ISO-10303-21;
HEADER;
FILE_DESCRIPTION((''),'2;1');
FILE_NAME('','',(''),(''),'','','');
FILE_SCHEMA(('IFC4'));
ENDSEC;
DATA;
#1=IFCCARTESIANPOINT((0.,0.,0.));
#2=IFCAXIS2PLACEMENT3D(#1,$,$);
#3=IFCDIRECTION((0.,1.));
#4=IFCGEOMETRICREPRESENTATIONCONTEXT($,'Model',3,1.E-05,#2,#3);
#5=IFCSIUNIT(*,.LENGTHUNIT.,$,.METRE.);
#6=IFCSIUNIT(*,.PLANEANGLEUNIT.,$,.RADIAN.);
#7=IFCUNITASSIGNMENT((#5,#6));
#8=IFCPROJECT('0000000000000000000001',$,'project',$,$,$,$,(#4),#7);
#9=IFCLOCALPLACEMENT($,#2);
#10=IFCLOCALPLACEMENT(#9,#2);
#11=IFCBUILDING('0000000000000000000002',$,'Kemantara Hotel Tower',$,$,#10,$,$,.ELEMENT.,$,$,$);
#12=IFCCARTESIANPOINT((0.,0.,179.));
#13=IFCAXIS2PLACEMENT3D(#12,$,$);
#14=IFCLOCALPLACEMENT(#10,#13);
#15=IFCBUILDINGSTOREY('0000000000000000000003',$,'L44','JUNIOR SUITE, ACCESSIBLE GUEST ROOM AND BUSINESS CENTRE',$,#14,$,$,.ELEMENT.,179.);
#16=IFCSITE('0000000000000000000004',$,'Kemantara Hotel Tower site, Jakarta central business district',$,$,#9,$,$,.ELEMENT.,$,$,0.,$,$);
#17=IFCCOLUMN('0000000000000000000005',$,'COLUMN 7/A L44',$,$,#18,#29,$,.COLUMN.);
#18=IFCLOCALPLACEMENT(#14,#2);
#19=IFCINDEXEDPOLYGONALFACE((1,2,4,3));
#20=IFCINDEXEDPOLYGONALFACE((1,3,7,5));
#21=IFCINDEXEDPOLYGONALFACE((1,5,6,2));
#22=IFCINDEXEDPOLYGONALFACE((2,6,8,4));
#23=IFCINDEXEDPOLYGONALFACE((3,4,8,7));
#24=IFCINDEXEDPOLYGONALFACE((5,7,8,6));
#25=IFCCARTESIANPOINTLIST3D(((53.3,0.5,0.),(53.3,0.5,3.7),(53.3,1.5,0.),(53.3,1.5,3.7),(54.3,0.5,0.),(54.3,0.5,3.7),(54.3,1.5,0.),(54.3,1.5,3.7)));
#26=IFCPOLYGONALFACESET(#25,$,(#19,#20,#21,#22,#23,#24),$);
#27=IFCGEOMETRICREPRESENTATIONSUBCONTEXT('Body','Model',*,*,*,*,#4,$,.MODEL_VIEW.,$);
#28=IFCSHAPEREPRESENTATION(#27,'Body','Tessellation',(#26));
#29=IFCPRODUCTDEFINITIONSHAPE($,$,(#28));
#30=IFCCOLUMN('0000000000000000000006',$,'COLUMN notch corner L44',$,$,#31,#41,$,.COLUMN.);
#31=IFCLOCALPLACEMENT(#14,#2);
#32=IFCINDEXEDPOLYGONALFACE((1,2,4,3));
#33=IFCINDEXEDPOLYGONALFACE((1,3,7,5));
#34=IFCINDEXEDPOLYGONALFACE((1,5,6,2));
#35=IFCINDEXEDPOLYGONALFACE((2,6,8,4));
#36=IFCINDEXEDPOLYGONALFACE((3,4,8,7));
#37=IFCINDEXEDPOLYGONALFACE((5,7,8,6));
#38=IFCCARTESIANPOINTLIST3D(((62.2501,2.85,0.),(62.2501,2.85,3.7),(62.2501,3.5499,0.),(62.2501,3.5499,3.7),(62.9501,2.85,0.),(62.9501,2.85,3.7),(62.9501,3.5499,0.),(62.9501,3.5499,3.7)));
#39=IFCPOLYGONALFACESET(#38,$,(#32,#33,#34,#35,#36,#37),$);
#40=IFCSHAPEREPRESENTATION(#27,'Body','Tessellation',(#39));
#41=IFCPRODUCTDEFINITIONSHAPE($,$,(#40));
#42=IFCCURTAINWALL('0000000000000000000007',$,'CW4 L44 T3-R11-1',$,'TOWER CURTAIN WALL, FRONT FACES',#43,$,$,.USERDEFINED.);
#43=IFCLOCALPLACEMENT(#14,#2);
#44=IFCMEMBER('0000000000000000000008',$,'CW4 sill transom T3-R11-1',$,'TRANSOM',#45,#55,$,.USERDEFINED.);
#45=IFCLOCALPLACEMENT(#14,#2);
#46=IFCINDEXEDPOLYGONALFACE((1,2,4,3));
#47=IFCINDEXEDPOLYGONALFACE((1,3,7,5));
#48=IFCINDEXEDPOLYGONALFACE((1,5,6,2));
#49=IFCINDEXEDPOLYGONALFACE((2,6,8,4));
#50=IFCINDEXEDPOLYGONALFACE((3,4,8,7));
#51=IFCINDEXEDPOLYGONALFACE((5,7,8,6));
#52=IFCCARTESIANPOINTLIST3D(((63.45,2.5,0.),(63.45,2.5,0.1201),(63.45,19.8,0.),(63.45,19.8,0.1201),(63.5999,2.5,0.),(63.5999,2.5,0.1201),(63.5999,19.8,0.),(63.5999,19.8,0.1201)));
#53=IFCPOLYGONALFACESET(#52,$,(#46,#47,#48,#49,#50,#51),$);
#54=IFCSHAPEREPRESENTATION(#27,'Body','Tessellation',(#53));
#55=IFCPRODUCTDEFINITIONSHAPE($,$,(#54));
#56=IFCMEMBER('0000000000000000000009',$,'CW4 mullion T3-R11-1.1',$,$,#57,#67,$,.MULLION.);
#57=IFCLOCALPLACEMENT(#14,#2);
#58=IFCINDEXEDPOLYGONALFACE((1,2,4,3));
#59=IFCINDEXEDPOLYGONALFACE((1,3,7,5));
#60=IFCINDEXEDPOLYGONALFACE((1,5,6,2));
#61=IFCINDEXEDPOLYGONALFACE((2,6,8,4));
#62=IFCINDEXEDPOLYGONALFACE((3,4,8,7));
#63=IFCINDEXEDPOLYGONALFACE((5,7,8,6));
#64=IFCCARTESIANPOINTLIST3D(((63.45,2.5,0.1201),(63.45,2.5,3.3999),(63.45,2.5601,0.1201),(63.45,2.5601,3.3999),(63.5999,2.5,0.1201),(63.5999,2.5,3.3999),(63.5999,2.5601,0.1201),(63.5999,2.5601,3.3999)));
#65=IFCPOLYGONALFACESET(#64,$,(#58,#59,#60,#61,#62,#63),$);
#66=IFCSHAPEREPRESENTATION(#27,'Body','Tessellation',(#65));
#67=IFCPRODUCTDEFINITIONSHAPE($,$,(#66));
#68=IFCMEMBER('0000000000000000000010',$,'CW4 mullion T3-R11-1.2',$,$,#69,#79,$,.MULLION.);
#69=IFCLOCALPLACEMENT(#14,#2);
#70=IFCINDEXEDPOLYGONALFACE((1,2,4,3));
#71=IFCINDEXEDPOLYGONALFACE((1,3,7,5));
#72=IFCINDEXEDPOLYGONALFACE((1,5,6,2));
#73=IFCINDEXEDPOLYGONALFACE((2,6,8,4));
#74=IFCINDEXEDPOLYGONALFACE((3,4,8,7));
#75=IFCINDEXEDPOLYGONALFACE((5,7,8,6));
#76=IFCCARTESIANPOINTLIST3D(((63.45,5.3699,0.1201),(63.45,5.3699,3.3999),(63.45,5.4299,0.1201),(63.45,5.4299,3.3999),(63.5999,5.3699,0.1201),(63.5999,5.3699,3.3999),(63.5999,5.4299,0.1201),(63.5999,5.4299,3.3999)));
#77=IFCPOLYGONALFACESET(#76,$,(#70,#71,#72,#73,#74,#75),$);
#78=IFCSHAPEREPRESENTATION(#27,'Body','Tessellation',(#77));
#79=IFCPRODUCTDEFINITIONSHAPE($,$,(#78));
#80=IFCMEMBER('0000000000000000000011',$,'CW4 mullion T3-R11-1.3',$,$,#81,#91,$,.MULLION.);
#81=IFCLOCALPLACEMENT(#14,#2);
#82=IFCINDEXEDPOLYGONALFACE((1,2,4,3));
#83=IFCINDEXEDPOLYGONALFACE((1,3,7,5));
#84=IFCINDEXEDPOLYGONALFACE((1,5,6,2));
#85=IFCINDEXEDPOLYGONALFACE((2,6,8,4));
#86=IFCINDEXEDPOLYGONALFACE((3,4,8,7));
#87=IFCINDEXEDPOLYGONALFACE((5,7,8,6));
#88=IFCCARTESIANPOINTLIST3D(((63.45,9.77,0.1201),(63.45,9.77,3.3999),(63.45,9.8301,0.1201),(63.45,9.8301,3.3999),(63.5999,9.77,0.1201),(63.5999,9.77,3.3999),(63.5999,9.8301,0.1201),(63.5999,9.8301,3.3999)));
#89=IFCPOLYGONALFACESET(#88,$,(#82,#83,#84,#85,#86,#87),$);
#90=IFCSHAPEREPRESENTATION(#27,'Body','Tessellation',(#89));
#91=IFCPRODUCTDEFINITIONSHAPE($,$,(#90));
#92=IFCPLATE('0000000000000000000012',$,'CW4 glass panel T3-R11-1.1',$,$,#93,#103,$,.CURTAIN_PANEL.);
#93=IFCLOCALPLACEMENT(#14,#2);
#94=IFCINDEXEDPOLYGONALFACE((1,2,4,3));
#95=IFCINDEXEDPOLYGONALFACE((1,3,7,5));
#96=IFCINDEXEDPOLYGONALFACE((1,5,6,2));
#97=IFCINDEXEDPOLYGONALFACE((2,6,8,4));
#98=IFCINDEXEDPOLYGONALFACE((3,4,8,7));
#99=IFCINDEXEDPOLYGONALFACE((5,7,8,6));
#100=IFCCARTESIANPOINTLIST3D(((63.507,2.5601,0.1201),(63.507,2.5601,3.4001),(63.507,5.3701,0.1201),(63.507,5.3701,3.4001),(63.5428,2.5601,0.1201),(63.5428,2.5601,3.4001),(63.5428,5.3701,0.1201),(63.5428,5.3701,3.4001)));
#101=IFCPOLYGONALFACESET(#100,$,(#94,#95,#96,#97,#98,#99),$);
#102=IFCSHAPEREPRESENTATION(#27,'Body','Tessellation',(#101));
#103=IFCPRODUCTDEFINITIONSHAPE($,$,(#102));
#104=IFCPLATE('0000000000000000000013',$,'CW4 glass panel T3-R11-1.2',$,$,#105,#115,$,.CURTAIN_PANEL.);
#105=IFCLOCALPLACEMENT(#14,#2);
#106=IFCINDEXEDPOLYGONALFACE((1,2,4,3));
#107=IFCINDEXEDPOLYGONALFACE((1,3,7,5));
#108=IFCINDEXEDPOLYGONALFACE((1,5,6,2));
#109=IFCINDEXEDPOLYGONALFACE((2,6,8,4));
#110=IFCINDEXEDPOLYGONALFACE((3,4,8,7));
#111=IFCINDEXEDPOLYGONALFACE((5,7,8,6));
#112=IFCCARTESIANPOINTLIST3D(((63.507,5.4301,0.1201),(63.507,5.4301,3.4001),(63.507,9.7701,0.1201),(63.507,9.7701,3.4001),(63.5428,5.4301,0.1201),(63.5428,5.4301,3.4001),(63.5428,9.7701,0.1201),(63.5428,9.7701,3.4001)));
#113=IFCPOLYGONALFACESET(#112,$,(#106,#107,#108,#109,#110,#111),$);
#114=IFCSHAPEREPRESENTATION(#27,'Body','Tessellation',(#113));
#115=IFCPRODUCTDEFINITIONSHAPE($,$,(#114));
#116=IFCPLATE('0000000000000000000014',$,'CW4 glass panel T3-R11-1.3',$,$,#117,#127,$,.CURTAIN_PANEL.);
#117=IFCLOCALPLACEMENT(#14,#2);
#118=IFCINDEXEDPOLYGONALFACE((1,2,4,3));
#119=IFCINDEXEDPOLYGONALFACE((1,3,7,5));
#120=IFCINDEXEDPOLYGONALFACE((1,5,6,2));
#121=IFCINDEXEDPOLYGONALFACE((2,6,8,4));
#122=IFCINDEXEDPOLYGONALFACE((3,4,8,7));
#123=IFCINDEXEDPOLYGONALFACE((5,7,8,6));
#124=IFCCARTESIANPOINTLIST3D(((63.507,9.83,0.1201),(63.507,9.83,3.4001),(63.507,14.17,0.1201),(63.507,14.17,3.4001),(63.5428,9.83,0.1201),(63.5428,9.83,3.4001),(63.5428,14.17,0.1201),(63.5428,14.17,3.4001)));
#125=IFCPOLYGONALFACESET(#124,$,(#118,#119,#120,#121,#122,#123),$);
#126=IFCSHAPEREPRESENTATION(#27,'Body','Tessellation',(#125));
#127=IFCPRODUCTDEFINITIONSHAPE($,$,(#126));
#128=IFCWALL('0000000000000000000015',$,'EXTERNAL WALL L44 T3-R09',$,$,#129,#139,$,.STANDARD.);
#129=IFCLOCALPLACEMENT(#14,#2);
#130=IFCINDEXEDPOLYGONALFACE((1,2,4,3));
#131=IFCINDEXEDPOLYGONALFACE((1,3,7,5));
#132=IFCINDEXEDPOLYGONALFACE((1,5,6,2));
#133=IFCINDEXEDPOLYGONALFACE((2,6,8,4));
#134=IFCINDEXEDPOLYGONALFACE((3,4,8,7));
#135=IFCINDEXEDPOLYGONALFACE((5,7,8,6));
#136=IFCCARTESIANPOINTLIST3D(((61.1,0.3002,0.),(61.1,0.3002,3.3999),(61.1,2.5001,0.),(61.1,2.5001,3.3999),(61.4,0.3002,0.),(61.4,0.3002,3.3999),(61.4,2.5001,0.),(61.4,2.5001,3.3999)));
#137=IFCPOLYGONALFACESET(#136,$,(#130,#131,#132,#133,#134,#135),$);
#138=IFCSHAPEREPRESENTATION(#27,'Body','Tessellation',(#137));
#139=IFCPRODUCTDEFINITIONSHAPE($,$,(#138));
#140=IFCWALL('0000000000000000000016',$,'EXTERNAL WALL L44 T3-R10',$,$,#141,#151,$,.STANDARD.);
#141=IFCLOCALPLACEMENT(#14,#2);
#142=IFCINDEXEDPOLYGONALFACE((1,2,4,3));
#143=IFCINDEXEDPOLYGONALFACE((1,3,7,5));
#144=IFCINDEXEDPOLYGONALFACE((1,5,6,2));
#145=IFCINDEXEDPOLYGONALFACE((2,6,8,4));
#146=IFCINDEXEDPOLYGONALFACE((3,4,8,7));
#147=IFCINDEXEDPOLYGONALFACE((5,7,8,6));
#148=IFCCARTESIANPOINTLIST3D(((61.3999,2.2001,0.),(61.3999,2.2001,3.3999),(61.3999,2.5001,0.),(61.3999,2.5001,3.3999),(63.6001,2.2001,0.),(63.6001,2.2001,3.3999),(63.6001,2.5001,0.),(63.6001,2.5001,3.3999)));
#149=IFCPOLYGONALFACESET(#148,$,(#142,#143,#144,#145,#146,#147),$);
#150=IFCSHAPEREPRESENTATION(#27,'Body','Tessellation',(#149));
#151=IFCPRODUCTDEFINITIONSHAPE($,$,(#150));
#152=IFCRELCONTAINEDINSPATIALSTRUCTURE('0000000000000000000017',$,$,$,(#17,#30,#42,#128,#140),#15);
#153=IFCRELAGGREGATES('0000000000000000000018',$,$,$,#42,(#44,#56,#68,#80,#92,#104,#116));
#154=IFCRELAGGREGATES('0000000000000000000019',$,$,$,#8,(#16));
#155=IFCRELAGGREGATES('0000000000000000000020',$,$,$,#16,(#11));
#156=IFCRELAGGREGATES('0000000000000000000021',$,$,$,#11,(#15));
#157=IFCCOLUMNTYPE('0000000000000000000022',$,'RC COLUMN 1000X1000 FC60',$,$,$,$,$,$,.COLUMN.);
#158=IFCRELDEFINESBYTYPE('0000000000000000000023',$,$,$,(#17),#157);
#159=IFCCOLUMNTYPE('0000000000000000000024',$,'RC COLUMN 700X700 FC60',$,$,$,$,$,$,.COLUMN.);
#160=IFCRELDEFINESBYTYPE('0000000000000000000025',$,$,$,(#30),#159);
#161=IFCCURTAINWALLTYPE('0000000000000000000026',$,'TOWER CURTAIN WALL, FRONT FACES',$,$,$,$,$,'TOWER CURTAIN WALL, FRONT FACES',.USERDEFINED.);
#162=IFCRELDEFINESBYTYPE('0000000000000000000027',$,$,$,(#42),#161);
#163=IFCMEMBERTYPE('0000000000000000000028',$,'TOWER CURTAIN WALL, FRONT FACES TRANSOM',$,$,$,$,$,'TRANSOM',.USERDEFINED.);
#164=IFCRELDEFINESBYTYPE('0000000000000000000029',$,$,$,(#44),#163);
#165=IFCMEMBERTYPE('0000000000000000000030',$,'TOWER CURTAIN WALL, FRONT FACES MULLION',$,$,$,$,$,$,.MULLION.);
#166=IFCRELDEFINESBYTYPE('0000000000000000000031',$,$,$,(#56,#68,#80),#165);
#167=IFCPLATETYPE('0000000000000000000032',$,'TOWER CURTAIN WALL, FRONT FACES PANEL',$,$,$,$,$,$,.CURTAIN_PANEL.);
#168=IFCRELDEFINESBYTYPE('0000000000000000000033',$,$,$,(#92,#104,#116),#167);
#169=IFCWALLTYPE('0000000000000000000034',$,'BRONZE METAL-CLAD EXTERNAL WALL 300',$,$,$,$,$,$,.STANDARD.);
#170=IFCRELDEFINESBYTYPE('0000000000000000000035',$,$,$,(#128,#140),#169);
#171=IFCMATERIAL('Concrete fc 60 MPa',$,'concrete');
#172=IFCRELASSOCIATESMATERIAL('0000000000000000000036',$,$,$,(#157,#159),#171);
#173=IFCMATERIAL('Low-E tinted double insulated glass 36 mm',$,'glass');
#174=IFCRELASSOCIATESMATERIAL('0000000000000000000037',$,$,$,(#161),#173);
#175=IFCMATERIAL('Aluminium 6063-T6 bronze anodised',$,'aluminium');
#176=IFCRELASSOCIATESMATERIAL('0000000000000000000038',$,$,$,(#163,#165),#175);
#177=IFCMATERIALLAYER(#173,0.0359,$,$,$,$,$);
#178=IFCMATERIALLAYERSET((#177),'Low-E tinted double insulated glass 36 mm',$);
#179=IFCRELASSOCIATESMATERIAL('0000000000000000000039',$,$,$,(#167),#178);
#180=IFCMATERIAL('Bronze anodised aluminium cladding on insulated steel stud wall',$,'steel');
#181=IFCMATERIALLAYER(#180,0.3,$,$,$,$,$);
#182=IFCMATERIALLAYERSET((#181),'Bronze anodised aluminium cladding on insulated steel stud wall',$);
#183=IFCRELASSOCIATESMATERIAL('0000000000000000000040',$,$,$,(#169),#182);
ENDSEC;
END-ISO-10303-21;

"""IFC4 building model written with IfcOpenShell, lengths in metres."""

from ifc_helpers import new_model, si_unit, direction, frame, frame_2d, origin, origin_2d, place, context, subcontext, project, spatial, rectangle, extrude, source, transform, mapped, material, layer, layer_set, material_profile, profile_set, type_object, element, aggregate, save


model = new_model("IFC4")

# Units and contexts
model_context = context("Model", 3, precision=1e-05, world=origin(), true_north=direction((0.0, 1.0)))
body_context = subcontext(model_context, "Body", "Model", "MODEL_VIEW")
ifc_project = project(units=[si_unit("LENGTHUNIT", "METRE"), si_unit("PLANEANGLEUNIT", "RADIAN")], contexts=[model_context])

# Site, building, storey
site_placement = place(None, origin())
site = spatial("IfcSite", under=ifc_project, at=site_placement, Name="Kemantara Hotel Tower site, Jakarta central business district", CompositionType="ELEMENT", RefElevation=0.0)
building_placement = place(site_placement, origin())
building = spatial("IfcBuilding", under=site, at=building_placement, Name="Kemantara Hotel Tower", CompositionType="ELEMENT")
storey_placement = place(building_placement, frame((0.0, 0.0, 179.0)))
storey = spatial("IfcBuildingStorey", under=building, at=storey_placement, Name="L44", Description="JUNIOR SUITE, ACCESSIBLE GUEST ROOM AND BUSINESS CENTRE", CompositionType="ELEMENT", Elevation=179.0)

# Columns
ifc_material_1 = material(Name="Concrete fc 60 MPa", Category="concrete")
ifc_material_profile_1 = material_profile(ifc_material_1, rectangle(XDim=1.0, YDim=1.0, at=origin_2d()), Name="RC 1000X1000")
ifc_profile_set_1 = profile_set([ifc_material_profile_1], Name="Concrete fc 60 MPa")
column_type_1 = type_object("IfcColumnType", Name="RC COLUMN 1000X1000 FC60", PredefinedType="COLUMN", material=ifc_profile_set_1)
column_1_placement = place(storey_placement, frame((53.8, 1.0, 0.0), z_axis=(0.0, 0.0, 1.0), x_axis=(1.0, 0.0, 0.0)))
element("IfcColumn", 1, at=column_1_placement, inside=storey, type_object=column_type_1, Name="COLUMN 7/A L44", PredefinedType="COLUMN", context=body_context, shape_type="SweptSolid", body=[
    extrude(rectangle(XDim=1.0, YDim=1.0, at=origin_2d()), origin(), (0.0, 0.0, 1.0), 3.7),
])
ifc_material_profile_2 = material_profile(ifc_material_1, rectangle(XDim=0.7, YDim=0.7, at=origin_2d()), Name="RC 700X700")
ifc_profile_set_2 = profile_set([ifc_material_profile_2], Name="Concrete fc 60 MPa")
column_type_2 = type_object("IfcColumnType", Name="RC COLUMN 700X700 FC60", PredefinedType="COLUMN", material=ifc_profile_set_2)
column_2_placement = place(storey_placement, frame((62.6001, 3.2, 0.0), z_axis=(0.0, 0.0, 1.0), x_axis=(1.0, 0.0, 0.0)))
element("IfcColumn", 2, at=column_2_placement, inside=storey, type_object=column_type_2, Name="COLUMN notch corner L44", PredefinedType="COLUMN", context=body_context, shape_type="SweptSolid", body=[
    extrude(rectangle(XDim=0.7, YDim=0.7, at=origin_2d()), origin(), (0.0, 0.0, 1.0), 3.7),
])

# Curtain wall, members, plates
ifc_material_2 = material(Name="Low-E tinted double insulated glass 36 mm", Category="glass")
curtain_wall_type = type_object("IfcCurtainWallType", Name="TOWER CURTAIN WALL, FRONT FACES", ElementType="TOWER CURTAIN WALL, FRONT FACES", PredefinedType="USERDEFINED", material=ifc_material_2)
curtain_wall_placement = place(storey_placement, origin())
curtain_wall = element("IfcCurtainWall", 3, at=curtain_wall_placement, inside=storey, type_object=curtain_wall_type, Name="CW4 L44 T3-R11-1", ObjectType="TOWER CURTAIN WALL, FRONT FACES", PredefinedType="USERDEFINED")
ifc_material_3 = material(Name="Aluminium 6063-T6 bronze anodised", Category="aluminium")
ifc_material_profile_3 = material_profile(ifc_material_3, rectangle(XDim=0.1499, YDim=0.1201, at=origin_2d()), Name="TOWER CURTAIN WALL, FRONT FACES TRANSOM")
ifc_profile_set_3 = profile_set([ifc_material_profile_3], Name="Aluminium 6063-T6 bronze anodised")
member_type_1 = type_object("IfcMemberType", Name="TOWER CURTAIN WALL, FRONT FACES TRANSOM", ElementType="TRANSOM", PredefinedType="USERDEFINED", material=ifc_profile_set_3)
member_1_placement = place(storey_placement, frame((63.5249, 2.5, 0.0601), z_axis=(0.0, 1.0, 0.0), x_axis=(-1.0, 0.0, 0.0)))
member_1 = element("IfcMember", 4, at=member_1_placement, type_object=member_type_1, Name="CW4 sill transom T3-R11-1", ObjectType="TRANSOM", PredefinedType="USERDEFINED", context=body_context, shape_type="SweptSolid", body=[
    extrude(rectangle(XDim=0.1499, YDim=0.1201, at=origin_2d()), origin(), (0.0, 0.0, 1.0), 17.3),
])
ifc_material_profile_4 = material_profile(ifc_material_3, rectangle(XDim=0.1499, YDim=0.0601, at=origin_2d()), Name="TOWER CURTAIN WALL, FRONT FACES MULLION")
ifc_profile_set_4 = profile_set([ifc_material_profile_4], Name="Aluminium 6063-T6 bronze anodised")
member_type_2 = type_object("IfcMemberType", Name="TOWER CURTAIN WALL, FRONT FACES MULLION", PredefinedType="MULLION", material=ifc_profile_set_4)
shared_shape_1 = source(origin(), body_context, "Body", "SweptSolid", [
    extrude(rectangle(XDim=0.1499, YDim=0.0601, at=origin_2d()), origin(), (0.0, 0.0, 1.0), 3.2798),
])
member_2_placement = place(storey_placement, frame((63.5249, 2.53, 0.1201), z_axis=(0.0, 0.0, 1.0), x_axis=(-1.0, 0.0, 0.0)))
member_2 = element("IfcMember", 5, at=member_2_placement, type_object=member_type_2, Name="CW4 mullion T3-R11-1.1", PredefinedType="MULLION", context=body_context, shape_type="MappedRepresentation", body=[
    mapped(shared_shape_1, transform((0.0, 0.0, 0.0))),
])
member_3_placement = place(storey_placement, frame((63.5249, 5.3999, 0.1201), z_axis=(0.0, 0.0, 1.0), x_axis=(-1.0, 0.0, 0.0)))
member_3 = element("IfcMember", 6, at=member_3_placement, type_object=member_type_2, Name="CW4 mullion T3-R11-1.2", PredefinedType="MULLION", context=body_context, shape_type="MappedRepresentation", body=[
    mapped(shared_shape_1, transform((0.0, 0.0, 0.0))),
])
member_4_placement = place(storey_placement, frame((63.5249, 9.8, 0.1201), z_axis=(0.0, 0.0, 1.0), x_axis=(-1.0, 0.0, 0.0)))
member_4 = element("IfcMember", 7, at=member_4_placement, type_object=member_type_2, Name="CW4 mullion T3-R11-1.3", PredefinedType="MULLION", context=body_context, shape_type="MappedRepresentation", body=[
    mapped(shared_shape_1, transform((0.0, 0.0, 0.0))),
])
ifc_layer_1 = layer(ifc_material_2, 0.0359)
ifc_layer_set_1 = layer_set([ifc_layer_1], Name="Low-E tinted double insulated glass 36 mm")
plate_type = type_object("IfcPlateType", Name="TOWER CURTAIN WALL, FRONT FACES PANEL", PredefinedType="CURTAIN_PANEL", material=ifc_layer_set_1)
shared_shape_2 = source(origin(), body_context, "Body", "SweptSolid", [
    extrude(rectangle(XDim=2.8101, YDim=0.0359, at=origin_2d()), origin(), (0.0, 0.0, 1.0), 3.28),
])
plate_1_placement = place(storey_placement, frame((63.5249, 3.9651, 0.1201), z_axis=(0.0, 0.0, 1.0), x_axis=(0.0, 1.0, 0.0)))
plate_1 = element("IfcPlate", 8, at=plate_1_placement, type_object=plate_type, Name="CW4 glass panel T3-R11-1.1", PredefinedType="CURTAIN_PANEL", context=body_context, shape_type="MappedRepresentation", body=[
    mapped(shared_shape_2, transform((0.0, 0.0, 0.0))),
])
shared_shape_3 = source(origin(), body_context, "Body", "SweptSolid", [
    extrude(rectangle(XDim=4.3401, YDim=0.0359, at=origin_2d()), origin(), (0.0, 0.0, 1.0), 3.28),
])
plate_2_placement = place(storey_placement, frame((63.5249, 7.6001, 0.1201), z_axis=(0.0, 0.0, 1.0), x_axis=(0.0, 1.0, 0.0)))
plate_2 = element("IfcPlate", 9, at=plate_2_placement, type_object=plate_type, Name="CW4 glass panel T3-R11-1.2", PredefinedType="CURTAIN_PANEL", context=body_context, shape_type="MappedRepresentation", body=[
    mapped(shared_shape_3, transform((0.0, 0.0, 0.0))),
])
plate_3_placement = place(storey_placement, frame((63.5249, 12.0, 0.1201), z_axis=(0.0, 0.0, 1.0), x_axis=(0.0, 1.0, 0.0)))
plate_3 = element("IfcPlate", 10, at=plate_3_placement, type_object=plate_type, Name="CW4 glass panel T3-R11-1.3", PredefinedType="CURTAIN_PANEL", context=body_context, shape_type="MappedRepresentation", body=[
    mapped(shared_shape_3, transform((0.0, 0.0, 0.0))),
])
aggregate(curtain_wall, [member_1, member_2, member_3, member_4, plate_1, plate_2, plate_3])

# Walls
ifc_material_4 = material(Name="Bronze anodised aluminium cladding on insulated steel stud wall", Category="steel")
ifc_layer_2 = layer(ifc_material_4, 0.3)
ifc_layer_set_2 = layer_set([ifc_layer_2], Name="Bronze anodised aluminium cladding on insulated steel stud wall")
wall_type_1 = type_object("IfcWallType", Name="BRONZE METAL-CLAD EXTERNAL WALL 300", PredefinedType="STANDARD", material=ifc_layer_set_2)
wall_1_placement = place(storey_placement, frame((61.25, 0.3, 0.0), z_axis=(0.0, 0.0, 1.0), x_axis=(0.0, 1.0, 0.0)))
element("IfcWall", 11, at=wall_1_placement, inside=storey, type_object=wall_type_1, Name="EXTERNAL WALL L44 T3-R09", PredefinedType="STANDARD", context=body_context, shape_type="SweptSolid", body=[
    extrude(rectangle(XDim=2.2, YDim=0.3, at=frame_2d((1.1001, 0.0))), origin(), (0.0, 0.0, 1.0), 3.3999),
])
wall_2_placement = place(storey_placement, frame((61.3999, 2.3501, 0.0), z_axis=(0.0, 0.0, 1.0), x_axis=(1.0, 0.0, 0.0)))
element("IfcWall", 12, at=wall_2_placement, inside=storey, type_object=wall_type_1, Name="EXTERNAL WALL L44 T3-R10", PredefinedType="STANDARD", context=body_context, shape_type="SweptSolid", body=[
    extrude(rectangle(XDim=2.2002, YDim=0.3, at=frame_2d((1.1001, 0.0))), origin(), (0.0, 0.0, 1.0), 3.3999),
])

save(model, "model.ifc")
